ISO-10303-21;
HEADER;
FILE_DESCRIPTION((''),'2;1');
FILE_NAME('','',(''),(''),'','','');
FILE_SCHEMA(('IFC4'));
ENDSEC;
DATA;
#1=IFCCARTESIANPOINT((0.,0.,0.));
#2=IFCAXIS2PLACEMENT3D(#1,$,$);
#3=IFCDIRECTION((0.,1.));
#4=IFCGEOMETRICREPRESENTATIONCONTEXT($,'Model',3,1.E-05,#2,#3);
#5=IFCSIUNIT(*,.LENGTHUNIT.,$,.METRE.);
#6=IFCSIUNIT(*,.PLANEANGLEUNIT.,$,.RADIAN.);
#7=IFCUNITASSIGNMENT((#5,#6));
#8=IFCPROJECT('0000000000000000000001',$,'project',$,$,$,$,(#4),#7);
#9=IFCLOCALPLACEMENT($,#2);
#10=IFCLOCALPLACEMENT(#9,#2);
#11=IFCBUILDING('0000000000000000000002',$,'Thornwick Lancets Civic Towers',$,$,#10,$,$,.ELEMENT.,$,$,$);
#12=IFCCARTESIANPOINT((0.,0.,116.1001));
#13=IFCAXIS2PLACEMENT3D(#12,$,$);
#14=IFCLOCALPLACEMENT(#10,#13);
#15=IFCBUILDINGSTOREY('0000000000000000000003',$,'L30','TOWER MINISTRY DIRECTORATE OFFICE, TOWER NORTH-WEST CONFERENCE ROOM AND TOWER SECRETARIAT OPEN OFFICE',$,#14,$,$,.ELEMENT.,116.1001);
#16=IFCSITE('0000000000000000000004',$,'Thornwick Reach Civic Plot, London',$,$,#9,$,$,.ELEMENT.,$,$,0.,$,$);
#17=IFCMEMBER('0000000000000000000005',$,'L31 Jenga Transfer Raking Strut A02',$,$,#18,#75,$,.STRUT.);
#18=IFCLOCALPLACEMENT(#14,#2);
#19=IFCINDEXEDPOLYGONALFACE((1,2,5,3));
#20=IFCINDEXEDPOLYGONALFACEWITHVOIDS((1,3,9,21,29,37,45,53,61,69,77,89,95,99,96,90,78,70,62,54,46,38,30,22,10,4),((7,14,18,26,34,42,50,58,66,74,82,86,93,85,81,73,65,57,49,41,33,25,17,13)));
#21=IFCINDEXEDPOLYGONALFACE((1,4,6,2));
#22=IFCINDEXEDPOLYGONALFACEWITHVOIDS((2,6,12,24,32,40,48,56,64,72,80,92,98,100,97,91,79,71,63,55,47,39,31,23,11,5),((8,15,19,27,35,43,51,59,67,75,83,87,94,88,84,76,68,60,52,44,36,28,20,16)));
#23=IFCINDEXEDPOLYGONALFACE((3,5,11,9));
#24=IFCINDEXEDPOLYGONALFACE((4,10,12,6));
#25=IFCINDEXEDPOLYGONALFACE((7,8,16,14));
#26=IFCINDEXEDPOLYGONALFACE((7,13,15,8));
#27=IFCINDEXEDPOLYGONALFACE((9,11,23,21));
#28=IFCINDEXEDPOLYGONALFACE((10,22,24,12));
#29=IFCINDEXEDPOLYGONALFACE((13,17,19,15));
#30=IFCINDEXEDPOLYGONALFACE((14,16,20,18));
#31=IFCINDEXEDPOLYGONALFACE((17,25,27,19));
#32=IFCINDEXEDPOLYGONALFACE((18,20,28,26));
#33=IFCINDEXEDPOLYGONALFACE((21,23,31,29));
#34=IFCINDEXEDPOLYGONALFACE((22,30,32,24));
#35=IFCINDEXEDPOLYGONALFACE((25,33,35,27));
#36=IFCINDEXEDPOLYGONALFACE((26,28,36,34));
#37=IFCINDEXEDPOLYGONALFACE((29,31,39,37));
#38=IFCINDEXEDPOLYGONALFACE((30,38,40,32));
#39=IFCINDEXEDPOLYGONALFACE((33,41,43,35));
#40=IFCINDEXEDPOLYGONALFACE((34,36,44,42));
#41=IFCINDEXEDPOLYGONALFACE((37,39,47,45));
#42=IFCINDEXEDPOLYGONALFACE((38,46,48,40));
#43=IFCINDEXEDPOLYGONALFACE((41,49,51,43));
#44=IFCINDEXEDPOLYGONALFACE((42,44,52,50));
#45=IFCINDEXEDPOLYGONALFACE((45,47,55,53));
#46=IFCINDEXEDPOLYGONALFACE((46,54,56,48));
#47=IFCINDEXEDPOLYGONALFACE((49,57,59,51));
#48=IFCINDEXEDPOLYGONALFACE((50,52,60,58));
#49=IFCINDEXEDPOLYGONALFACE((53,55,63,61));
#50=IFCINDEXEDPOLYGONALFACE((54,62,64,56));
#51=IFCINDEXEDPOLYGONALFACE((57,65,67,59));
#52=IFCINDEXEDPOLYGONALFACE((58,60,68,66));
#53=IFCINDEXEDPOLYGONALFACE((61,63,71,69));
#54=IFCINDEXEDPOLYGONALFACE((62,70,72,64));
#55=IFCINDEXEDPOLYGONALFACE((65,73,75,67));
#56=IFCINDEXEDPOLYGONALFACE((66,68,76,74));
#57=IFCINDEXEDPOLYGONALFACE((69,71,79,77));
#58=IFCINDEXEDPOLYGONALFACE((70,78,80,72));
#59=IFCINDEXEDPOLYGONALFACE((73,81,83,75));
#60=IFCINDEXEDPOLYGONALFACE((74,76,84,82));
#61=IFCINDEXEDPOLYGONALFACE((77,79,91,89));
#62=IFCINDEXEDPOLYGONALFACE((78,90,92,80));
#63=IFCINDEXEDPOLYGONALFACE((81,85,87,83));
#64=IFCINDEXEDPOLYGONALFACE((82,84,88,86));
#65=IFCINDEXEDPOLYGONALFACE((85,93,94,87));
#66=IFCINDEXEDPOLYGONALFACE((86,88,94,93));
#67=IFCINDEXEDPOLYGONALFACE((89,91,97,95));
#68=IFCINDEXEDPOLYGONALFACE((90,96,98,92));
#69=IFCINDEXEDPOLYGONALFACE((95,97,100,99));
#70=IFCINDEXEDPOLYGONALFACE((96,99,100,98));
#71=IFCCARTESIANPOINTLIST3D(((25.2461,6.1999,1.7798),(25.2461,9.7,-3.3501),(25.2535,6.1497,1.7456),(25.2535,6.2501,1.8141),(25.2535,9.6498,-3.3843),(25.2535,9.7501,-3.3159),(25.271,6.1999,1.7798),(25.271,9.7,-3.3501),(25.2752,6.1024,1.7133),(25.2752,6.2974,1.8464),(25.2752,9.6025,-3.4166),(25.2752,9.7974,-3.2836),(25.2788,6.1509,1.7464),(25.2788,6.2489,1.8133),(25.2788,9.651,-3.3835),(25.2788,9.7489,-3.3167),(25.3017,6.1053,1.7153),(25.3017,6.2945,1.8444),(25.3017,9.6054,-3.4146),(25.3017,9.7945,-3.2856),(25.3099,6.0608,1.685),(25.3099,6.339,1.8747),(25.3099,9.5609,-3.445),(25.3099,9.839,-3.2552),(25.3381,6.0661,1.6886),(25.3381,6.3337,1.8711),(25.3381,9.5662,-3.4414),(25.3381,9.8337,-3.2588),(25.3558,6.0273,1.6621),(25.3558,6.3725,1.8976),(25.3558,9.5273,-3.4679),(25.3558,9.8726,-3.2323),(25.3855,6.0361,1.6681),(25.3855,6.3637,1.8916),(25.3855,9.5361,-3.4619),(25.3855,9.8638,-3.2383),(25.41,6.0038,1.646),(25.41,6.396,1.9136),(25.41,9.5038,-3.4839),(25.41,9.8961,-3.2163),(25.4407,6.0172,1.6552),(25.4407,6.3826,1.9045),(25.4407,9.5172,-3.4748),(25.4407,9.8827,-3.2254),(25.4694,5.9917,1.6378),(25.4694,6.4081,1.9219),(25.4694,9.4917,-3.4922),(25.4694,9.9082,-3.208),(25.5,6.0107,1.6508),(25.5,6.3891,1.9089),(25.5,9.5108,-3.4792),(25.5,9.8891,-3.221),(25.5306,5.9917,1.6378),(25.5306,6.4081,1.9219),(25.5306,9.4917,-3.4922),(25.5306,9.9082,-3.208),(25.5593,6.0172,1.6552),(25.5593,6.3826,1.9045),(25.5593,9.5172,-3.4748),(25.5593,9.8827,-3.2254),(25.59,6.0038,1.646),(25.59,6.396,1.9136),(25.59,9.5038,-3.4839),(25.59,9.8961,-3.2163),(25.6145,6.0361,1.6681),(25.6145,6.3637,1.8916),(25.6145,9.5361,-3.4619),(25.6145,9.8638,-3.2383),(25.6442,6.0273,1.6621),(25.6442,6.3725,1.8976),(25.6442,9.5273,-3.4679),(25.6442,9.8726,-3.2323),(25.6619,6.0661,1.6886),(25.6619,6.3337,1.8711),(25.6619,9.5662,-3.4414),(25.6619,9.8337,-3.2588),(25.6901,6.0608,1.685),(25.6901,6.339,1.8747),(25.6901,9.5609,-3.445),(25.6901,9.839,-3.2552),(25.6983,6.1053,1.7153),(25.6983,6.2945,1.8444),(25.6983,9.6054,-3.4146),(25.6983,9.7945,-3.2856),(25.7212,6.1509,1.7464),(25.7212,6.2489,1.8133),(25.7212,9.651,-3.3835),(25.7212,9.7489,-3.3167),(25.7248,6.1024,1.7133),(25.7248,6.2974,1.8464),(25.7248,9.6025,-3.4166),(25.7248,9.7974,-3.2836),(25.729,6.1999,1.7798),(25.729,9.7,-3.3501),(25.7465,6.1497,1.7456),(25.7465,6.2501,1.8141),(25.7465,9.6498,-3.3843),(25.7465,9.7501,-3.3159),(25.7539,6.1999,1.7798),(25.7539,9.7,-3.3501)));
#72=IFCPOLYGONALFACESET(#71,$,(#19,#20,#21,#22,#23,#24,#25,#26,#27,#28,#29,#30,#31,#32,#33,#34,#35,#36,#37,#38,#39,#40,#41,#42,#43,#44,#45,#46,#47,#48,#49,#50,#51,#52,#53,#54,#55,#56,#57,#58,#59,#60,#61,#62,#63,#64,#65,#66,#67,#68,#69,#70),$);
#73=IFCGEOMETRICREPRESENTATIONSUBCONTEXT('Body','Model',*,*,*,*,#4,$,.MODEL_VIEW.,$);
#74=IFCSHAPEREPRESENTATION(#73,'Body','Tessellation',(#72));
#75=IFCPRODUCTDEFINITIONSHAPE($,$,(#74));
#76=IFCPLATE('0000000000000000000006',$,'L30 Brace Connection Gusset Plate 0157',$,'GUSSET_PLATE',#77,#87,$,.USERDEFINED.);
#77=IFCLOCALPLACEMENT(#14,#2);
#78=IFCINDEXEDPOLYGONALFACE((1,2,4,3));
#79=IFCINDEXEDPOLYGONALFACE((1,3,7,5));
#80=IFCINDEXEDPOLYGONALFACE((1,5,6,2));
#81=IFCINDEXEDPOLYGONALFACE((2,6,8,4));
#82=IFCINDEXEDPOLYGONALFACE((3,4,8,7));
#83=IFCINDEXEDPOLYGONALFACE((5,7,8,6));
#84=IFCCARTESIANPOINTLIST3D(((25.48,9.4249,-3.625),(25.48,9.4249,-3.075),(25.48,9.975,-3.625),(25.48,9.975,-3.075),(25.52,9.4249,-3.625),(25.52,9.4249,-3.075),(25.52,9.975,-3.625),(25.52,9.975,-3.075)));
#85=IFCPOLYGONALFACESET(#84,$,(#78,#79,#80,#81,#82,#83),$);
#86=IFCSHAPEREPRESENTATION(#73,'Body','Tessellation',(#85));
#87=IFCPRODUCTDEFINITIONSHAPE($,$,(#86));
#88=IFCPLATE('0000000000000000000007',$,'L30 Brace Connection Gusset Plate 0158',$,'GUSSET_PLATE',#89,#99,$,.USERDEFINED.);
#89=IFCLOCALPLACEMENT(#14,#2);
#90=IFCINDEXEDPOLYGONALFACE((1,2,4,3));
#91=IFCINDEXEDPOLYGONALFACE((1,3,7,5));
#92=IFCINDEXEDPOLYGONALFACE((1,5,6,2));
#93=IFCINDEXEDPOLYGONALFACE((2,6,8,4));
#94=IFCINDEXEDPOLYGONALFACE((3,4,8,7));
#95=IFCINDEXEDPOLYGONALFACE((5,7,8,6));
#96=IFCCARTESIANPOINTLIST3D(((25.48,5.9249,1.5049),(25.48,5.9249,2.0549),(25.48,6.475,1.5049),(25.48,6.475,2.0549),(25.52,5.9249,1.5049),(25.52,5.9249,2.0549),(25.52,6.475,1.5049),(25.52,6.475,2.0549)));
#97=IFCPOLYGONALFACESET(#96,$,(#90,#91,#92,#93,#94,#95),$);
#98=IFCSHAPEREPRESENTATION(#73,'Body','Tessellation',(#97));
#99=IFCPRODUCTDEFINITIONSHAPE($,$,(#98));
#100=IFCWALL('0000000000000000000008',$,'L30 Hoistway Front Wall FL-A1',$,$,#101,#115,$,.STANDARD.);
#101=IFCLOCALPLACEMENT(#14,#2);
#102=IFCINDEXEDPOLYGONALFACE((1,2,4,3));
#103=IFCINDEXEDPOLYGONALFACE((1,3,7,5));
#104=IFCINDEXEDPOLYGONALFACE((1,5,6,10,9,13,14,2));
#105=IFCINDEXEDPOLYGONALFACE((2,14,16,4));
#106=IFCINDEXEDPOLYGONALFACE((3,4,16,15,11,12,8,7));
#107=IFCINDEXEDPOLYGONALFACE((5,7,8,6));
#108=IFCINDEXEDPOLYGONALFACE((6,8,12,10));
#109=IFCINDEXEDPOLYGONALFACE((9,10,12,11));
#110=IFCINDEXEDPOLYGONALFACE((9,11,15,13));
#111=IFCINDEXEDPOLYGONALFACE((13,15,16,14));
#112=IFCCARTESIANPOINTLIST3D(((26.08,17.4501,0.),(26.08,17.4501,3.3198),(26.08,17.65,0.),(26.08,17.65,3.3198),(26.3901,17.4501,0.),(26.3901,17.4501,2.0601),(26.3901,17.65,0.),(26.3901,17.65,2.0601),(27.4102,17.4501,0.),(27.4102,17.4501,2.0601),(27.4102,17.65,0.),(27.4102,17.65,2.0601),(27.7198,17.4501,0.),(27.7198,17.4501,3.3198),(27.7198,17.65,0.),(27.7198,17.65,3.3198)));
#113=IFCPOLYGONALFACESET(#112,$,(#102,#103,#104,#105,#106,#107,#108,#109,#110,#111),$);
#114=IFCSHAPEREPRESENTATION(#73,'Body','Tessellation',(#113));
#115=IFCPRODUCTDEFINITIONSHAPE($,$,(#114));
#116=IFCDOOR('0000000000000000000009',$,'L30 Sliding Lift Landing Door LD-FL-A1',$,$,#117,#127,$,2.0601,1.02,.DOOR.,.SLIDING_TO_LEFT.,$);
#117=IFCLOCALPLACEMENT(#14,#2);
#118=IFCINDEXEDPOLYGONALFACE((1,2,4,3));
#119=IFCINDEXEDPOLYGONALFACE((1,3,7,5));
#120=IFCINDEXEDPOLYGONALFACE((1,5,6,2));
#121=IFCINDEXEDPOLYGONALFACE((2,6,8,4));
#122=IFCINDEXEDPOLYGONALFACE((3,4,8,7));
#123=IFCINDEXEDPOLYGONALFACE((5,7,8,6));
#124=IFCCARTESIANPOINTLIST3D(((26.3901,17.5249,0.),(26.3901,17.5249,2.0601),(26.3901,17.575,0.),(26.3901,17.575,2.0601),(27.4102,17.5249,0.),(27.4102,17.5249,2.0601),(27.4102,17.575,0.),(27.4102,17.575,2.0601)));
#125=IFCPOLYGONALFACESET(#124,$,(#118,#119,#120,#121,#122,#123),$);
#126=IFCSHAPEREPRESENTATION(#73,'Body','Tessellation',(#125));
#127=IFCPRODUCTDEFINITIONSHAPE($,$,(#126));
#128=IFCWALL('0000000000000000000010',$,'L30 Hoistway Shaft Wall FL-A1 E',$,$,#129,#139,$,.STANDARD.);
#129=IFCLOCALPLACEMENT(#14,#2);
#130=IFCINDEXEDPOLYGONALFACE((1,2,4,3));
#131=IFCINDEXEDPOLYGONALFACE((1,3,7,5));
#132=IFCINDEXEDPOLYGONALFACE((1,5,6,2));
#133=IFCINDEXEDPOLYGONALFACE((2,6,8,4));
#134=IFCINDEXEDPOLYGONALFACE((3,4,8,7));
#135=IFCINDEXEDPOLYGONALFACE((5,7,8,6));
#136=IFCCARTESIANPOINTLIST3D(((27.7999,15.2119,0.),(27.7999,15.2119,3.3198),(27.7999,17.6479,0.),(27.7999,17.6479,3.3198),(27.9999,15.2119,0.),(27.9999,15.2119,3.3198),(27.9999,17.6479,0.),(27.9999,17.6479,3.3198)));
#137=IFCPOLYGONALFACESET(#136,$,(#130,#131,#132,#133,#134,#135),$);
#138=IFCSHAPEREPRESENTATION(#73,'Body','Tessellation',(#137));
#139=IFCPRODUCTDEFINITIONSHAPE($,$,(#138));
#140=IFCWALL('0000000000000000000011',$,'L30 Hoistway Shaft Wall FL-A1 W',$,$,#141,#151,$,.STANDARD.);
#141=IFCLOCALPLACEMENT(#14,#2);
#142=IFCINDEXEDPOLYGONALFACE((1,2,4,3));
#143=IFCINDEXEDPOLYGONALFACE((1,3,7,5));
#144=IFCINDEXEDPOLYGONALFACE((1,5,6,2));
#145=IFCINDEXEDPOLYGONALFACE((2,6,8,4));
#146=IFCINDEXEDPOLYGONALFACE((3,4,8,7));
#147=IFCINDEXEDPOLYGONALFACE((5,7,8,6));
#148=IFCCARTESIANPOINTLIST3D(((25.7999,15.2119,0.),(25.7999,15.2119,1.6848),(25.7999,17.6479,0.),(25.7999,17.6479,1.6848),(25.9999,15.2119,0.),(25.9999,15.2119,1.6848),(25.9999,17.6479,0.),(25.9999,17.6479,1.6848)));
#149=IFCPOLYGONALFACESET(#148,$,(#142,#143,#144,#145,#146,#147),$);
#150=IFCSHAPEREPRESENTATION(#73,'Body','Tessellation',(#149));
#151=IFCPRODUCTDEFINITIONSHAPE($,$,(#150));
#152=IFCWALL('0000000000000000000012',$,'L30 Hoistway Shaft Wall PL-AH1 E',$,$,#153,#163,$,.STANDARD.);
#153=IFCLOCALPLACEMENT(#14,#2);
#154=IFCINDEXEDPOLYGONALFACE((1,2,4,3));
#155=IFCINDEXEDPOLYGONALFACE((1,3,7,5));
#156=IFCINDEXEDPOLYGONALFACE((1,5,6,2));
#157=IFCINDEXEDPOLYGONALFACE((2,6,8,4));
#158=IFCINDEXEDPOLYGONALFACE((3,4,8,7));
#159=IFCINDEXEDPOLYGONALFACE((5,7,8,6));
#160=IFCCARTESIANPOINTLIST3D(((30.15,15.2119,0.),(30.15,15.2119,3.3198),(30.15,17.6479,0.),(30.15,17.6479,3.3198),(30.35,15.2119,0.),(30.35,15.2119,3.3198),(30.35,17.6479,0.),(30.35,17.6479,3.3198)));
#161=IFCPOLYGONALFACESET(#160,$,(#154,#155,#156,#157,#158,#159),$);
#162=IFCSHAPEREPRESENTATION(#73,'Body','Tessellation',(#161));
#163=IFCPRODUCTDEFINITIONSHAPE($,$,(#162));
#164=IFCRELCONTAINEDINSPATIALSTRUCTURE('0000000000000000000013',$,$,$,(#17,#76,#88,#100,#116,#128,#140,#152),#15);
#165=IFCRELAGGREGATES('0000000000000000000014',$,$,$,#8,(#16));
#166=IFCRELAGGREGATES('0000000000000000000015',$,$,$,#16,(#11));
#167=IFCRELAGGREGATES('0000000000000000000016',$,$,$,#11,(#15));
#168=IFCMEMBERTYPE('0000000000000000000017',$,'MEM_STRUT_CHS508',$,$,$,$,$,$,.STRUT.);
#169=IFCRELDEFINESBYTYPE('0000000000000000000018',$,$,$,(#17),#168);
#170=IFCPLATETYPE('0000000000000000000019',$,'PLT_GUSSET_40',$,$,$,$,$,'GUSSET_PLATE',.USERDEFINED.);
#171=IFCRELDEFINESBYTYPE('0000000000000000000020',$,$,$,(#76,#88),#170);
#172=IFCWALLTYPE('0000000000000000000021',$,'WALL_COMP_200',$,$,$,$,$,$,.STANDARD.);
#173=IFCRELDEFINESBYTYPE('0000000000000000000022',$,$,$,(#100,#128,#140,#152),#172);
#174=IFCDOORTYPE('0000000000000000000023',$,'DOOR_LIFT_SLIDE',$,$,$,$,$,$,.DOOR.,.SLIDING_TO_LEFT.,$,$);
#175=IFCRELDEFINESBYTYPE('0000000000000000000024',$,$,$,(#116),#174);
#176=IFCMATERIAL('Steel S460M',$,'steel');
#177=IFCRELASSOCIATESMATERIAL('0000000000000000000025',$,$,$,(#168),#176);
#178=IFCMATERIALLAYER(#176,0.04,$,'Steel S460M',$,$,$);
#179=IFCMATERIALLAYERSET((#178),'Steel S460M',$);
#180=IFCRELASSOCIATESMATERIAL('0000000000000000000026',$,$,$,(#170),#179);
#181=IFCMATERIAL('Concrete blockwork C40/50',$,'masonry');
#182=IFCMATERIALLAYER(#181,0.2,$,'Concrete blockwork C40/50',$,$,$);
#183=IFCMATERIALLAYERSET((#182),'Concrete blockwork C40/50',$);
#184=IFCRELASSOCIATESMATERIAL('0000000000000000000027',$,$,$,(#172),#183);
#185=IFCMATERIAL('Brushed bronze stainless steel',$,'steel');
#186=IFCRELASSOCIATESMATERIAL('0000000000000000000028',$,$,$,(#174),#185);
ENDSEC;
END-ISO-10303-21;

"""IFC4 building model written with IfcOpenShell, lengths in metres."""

from ifc_helpers import new_model, si_unit, direction, frame, frame_2d, origin, origin_2d, place, context, subcontext, project, spatial, rectangle, hollow_circle, extrude, material, layer, layer_set, material_profile, profile_set, type_object, element, fill, save


model = new_model("IFC4")

# Units and contexts
model_context = context("Model", 3, precision=1e-05, world=origin(), true_north=direction((0.0, 1.0)))
body_context = subcontext(model_context, "Body", "Model", "MODEL_VIEW")
ifc_project = project(units=[si_unit("LENGTHUNIT", "METRE"), si_unit("PLANEANGLEUNIT", "RADIAN")], contexts=[model_context])

# Site, building, storey
site_placement = place(None, origin())
site = spatial("IfcSite", under=ifc_project, at=site_placement, Name="Thornwick Reach Civic Plot, London", CompositionType="ELEMENT", RefElevation=0.0)
building_placement = place(site_placement, origin())
building = spatial("IfcBuilding", under=site, at=building_placement, Name="Thornwick Lancets Civic Towers", CompositionType="ELEMENT")
storey_placement = place(building_placement, frame((0.0, 0.0, 116.1001)))
storey = spatial("IfcBuildingStorey", under=building, at=storey_placement, Name="L30", Description="TOWER MINISTRY DIRECTORATE OFFICE, TOWER NORTH-WEST CONFERENCE ROOM AND TOWER SECRETARIAT OPEN OFFICE", CompositionType="ELEMENT", Elevation=116.1001)

# Member
ifc_material_1 = material(Name="Steel S460M", Category="steel")
ifc_material_profile_1 = material_profile(ifc_material_1, hollow_circle(Radius=0.2539, WallThickness=0.0249, at=origin_2d()), Name="CHS 508x25")
ifc_profile_set_1 = profile_set([ifc_material_profile_1], Name="Steel S460M")
member_type = type_object("IfcMemberType", Name="MEM_STRUT_CHS508", PredefinedType="STRUT", material=ifc_profile_set_1)
member_placement = place(storey_placement, frame((25.5, 9.7, -3.3501), z_axis=(0.0, -0.563595, 0.826051), x_axis=(1.0, 0.0, 0.0)))
element("IfcMember", 1, at=member_placement, inside=storey, type_object=member_type, Name="L31 Jenga Transfer Raking Strut A02", PredefinedType="STRUT", context=body_context, shape_type="SweptSolid", body=[
    extrude(hollow_circle(Radius=0.2539, WallThickness=0.0249, at=origin_2d()), origin(), (0.0, 0.0, 1.0), 6.2102),
])

# Plates
ifc_layer_1 = layer(ifc_material_1, 0.04, Name="Steel S460M")
ifc_layer_set_1 = layer_set([ifc_layer_1], Name="Steel S460M")
plate_type = type_object("IfcPlateType", Name="PLT_GUSSET_40", ElementType="GUSSET_PLATE", PredefinedType="USERDEFINED", material=ifc_layer_set_1)
for number, where, z_axis, x_axis, name in (
    (2, (25.5, 9.7, -3.625), (0.0, 0.0, 1.0), (0.0, -1.0, 0.0), "L30 Brace Connection Gusset Plate 0157"),
    (3, (25.5, 6.2, 1.5049), (0.0, 0.0, 1.0), (0.0, -1.0, 0.0), "L30 Brace Connection Gusset Plate 0158"),
):
    element("IfcPlate", number, at=place(storey_placement, frame(where, z_axis=z_axis, x_axis=x_axis)), inside=storey, type_object=plate_type, Name=name, ObjectType="GUSSET_PLATE", PredefinedType="USERDEFINED", context=body_context, shape_type="SweptSolid", body=[
        extrude(rectangle(XDim=0.55, YDim=0.04, at=origin_2d()), origin(), (0.0, 0.0, 1.0), 0.55),
    ])

# Wall, opening, door
ifc_material_2 = material(Name="Concrete blockwork C40/50", Category="masonry")
ifc_layer_2 = layer(ifc_material_2, 0.2, Name="Concrete blockwork C40/50")
ifc_layer_set_2 = layer_set([ifc_layer_2], Name="Concrete blockwork C40/50")
wall_type = type_object("IfcWallType", Name="WALL_COMP_200", PredefinedType="STANDARD", material=ifc_layer_set_2)
wall_1_placement = place(storey_placement, frame((26.0801, 17.55, 0.0), z_axis=(0.0, 0.0, 1.0), x_axis=(1.0, 0.0, 0.0)))
wall_1 = element("IfcWall", 4, at=wall_1_placement, inside=storey, type_object=wall_type, Name="L30 Hoistway Front Wall FL-A1", PredefinedType="STANDARD", context=body_context, shape_type="SweptSolid", body=[
    extrude(rectangle(XDim=1.6399, YDim=0.2, at=frame_2d((0.8198, 0.0))), origin(), (0.0, 0.0, 1.0), 3.3198),
])
opening_placement = place(wall_1_placement, frame((0.3101, 0.0, 0.0)))
opening = element("IfcOpeningElement", 5, at=opening_placement, cuts=wall_1, PredefinedType="OPENING", context=body_context, shape_type="SweptSolid", body=[
    extrude(rectangle(XDim=1.02, YDim=2.0601, at=frame_2d((0.51, 1.03))), frame((0.0, 0.1099, 0.0), z_axis=(0.0, -1.0, 0.0), x_axis=(1.0, 0.0, 0.0)), (0.0, 0.0, 1.0), 0.22),
])
ifc_material_3 = material(Name="Brushed bronze stainless steel", Category="steel")
door_type = type_object("IfcDoorType", Name="DOOR_LIFT_SLIDE", OperationType="SLIDING_TO_LEFT", PredefinedType="DOOR", material=ifc_material_3)
door_placement = place(opening_placement, origin())
door = element("IfcDoor", 6, at=door_placement, inside=storey, type_object=door_type, Name="L30 Sliding Lift Landing Door LD-FL-A1", OperationType="SLIDING_TO_LEFT", OverallHeight=2.0601, OverallWidth=1.02, PredefinedType="DOOR", context=body_context, shape_type="SweptSolid", body=[
    extrude(rectangle(XDim=1.02, YDim=2.0601, at=frame_2d((0.51, 1.03))), frame((0.0, 0.0249, 0.0), z_axis=(0.0, -1.0, 0.0), x_axis=(1.0, 0.0, 0.0)), (0.0, 0.0, 1.0), 0.05),
])
fill(opening, door)

# Walls
wall_2_placement = place(storey_placement, frame((27.8999, 15.2119, 0.0), z_axis=(0.0, 0.0, 1.0), x_axis=(0.0, 1.0, 0.0)))
element("IfcWall", 7, at=wall_2_placement, inside=storey, type_object=wall_type, Name="L30 Hoistway Shaft Wall FL-A1 E", PredefinedType="STANDARD", context=body_context, shape_type="SweptSolid", body=[
    extrude(rectangle(XDim=2.436, YDim=0.2, at=frame_2d((1.218, 0.0))), origin(), (0.0, 0.0, 1.0), 3.3198),
])
wall_3_placement = place(storey_placement, frame((25.8999, 15.2119, 0.0), z_axis=(0.0, 0.0, 1.0), x_axis=(0.0, 1.0, 0.0)))
element("IfcWall", 8, at=wall_3_placement, inside=storey, type_object=wall_type, Name="L30 Hoistway Shaft Wall FL-A1 W", PredefinedType="STANDARD", context=body_context, shape_type="SweptSolid", body=[
    extrude(rectangle(XDim=2.436, YDim=0.2, at=frame_2d((1.218, 0.0))), origin(), (0.0, 0.0, 1.0), 1.6848),
])
wall_4_placement = place(storey_placement, frame((30.25, 15.2119, 0.0), z_axis=(0.0, 0.0, 1.0), x_axis=(0.0, 1.0, 0.0)))
element("IfcWall", 9, at=wall_4_placement, inside=storey, type_object=wall_type, Name="L30 Hoistway Shaft Wall PL-AH1 E", PredefinedType="STANDARD", context=body_context, shape_type="SweptSolid", body=[
    extrude(rectangle(XDim=2.436, YDim=0.2, at=frame_2d((1.218, 0.0))), origin(), (0.0, 0.0, 1.0), 3.3198),
])

save(model, "model.ifc")
